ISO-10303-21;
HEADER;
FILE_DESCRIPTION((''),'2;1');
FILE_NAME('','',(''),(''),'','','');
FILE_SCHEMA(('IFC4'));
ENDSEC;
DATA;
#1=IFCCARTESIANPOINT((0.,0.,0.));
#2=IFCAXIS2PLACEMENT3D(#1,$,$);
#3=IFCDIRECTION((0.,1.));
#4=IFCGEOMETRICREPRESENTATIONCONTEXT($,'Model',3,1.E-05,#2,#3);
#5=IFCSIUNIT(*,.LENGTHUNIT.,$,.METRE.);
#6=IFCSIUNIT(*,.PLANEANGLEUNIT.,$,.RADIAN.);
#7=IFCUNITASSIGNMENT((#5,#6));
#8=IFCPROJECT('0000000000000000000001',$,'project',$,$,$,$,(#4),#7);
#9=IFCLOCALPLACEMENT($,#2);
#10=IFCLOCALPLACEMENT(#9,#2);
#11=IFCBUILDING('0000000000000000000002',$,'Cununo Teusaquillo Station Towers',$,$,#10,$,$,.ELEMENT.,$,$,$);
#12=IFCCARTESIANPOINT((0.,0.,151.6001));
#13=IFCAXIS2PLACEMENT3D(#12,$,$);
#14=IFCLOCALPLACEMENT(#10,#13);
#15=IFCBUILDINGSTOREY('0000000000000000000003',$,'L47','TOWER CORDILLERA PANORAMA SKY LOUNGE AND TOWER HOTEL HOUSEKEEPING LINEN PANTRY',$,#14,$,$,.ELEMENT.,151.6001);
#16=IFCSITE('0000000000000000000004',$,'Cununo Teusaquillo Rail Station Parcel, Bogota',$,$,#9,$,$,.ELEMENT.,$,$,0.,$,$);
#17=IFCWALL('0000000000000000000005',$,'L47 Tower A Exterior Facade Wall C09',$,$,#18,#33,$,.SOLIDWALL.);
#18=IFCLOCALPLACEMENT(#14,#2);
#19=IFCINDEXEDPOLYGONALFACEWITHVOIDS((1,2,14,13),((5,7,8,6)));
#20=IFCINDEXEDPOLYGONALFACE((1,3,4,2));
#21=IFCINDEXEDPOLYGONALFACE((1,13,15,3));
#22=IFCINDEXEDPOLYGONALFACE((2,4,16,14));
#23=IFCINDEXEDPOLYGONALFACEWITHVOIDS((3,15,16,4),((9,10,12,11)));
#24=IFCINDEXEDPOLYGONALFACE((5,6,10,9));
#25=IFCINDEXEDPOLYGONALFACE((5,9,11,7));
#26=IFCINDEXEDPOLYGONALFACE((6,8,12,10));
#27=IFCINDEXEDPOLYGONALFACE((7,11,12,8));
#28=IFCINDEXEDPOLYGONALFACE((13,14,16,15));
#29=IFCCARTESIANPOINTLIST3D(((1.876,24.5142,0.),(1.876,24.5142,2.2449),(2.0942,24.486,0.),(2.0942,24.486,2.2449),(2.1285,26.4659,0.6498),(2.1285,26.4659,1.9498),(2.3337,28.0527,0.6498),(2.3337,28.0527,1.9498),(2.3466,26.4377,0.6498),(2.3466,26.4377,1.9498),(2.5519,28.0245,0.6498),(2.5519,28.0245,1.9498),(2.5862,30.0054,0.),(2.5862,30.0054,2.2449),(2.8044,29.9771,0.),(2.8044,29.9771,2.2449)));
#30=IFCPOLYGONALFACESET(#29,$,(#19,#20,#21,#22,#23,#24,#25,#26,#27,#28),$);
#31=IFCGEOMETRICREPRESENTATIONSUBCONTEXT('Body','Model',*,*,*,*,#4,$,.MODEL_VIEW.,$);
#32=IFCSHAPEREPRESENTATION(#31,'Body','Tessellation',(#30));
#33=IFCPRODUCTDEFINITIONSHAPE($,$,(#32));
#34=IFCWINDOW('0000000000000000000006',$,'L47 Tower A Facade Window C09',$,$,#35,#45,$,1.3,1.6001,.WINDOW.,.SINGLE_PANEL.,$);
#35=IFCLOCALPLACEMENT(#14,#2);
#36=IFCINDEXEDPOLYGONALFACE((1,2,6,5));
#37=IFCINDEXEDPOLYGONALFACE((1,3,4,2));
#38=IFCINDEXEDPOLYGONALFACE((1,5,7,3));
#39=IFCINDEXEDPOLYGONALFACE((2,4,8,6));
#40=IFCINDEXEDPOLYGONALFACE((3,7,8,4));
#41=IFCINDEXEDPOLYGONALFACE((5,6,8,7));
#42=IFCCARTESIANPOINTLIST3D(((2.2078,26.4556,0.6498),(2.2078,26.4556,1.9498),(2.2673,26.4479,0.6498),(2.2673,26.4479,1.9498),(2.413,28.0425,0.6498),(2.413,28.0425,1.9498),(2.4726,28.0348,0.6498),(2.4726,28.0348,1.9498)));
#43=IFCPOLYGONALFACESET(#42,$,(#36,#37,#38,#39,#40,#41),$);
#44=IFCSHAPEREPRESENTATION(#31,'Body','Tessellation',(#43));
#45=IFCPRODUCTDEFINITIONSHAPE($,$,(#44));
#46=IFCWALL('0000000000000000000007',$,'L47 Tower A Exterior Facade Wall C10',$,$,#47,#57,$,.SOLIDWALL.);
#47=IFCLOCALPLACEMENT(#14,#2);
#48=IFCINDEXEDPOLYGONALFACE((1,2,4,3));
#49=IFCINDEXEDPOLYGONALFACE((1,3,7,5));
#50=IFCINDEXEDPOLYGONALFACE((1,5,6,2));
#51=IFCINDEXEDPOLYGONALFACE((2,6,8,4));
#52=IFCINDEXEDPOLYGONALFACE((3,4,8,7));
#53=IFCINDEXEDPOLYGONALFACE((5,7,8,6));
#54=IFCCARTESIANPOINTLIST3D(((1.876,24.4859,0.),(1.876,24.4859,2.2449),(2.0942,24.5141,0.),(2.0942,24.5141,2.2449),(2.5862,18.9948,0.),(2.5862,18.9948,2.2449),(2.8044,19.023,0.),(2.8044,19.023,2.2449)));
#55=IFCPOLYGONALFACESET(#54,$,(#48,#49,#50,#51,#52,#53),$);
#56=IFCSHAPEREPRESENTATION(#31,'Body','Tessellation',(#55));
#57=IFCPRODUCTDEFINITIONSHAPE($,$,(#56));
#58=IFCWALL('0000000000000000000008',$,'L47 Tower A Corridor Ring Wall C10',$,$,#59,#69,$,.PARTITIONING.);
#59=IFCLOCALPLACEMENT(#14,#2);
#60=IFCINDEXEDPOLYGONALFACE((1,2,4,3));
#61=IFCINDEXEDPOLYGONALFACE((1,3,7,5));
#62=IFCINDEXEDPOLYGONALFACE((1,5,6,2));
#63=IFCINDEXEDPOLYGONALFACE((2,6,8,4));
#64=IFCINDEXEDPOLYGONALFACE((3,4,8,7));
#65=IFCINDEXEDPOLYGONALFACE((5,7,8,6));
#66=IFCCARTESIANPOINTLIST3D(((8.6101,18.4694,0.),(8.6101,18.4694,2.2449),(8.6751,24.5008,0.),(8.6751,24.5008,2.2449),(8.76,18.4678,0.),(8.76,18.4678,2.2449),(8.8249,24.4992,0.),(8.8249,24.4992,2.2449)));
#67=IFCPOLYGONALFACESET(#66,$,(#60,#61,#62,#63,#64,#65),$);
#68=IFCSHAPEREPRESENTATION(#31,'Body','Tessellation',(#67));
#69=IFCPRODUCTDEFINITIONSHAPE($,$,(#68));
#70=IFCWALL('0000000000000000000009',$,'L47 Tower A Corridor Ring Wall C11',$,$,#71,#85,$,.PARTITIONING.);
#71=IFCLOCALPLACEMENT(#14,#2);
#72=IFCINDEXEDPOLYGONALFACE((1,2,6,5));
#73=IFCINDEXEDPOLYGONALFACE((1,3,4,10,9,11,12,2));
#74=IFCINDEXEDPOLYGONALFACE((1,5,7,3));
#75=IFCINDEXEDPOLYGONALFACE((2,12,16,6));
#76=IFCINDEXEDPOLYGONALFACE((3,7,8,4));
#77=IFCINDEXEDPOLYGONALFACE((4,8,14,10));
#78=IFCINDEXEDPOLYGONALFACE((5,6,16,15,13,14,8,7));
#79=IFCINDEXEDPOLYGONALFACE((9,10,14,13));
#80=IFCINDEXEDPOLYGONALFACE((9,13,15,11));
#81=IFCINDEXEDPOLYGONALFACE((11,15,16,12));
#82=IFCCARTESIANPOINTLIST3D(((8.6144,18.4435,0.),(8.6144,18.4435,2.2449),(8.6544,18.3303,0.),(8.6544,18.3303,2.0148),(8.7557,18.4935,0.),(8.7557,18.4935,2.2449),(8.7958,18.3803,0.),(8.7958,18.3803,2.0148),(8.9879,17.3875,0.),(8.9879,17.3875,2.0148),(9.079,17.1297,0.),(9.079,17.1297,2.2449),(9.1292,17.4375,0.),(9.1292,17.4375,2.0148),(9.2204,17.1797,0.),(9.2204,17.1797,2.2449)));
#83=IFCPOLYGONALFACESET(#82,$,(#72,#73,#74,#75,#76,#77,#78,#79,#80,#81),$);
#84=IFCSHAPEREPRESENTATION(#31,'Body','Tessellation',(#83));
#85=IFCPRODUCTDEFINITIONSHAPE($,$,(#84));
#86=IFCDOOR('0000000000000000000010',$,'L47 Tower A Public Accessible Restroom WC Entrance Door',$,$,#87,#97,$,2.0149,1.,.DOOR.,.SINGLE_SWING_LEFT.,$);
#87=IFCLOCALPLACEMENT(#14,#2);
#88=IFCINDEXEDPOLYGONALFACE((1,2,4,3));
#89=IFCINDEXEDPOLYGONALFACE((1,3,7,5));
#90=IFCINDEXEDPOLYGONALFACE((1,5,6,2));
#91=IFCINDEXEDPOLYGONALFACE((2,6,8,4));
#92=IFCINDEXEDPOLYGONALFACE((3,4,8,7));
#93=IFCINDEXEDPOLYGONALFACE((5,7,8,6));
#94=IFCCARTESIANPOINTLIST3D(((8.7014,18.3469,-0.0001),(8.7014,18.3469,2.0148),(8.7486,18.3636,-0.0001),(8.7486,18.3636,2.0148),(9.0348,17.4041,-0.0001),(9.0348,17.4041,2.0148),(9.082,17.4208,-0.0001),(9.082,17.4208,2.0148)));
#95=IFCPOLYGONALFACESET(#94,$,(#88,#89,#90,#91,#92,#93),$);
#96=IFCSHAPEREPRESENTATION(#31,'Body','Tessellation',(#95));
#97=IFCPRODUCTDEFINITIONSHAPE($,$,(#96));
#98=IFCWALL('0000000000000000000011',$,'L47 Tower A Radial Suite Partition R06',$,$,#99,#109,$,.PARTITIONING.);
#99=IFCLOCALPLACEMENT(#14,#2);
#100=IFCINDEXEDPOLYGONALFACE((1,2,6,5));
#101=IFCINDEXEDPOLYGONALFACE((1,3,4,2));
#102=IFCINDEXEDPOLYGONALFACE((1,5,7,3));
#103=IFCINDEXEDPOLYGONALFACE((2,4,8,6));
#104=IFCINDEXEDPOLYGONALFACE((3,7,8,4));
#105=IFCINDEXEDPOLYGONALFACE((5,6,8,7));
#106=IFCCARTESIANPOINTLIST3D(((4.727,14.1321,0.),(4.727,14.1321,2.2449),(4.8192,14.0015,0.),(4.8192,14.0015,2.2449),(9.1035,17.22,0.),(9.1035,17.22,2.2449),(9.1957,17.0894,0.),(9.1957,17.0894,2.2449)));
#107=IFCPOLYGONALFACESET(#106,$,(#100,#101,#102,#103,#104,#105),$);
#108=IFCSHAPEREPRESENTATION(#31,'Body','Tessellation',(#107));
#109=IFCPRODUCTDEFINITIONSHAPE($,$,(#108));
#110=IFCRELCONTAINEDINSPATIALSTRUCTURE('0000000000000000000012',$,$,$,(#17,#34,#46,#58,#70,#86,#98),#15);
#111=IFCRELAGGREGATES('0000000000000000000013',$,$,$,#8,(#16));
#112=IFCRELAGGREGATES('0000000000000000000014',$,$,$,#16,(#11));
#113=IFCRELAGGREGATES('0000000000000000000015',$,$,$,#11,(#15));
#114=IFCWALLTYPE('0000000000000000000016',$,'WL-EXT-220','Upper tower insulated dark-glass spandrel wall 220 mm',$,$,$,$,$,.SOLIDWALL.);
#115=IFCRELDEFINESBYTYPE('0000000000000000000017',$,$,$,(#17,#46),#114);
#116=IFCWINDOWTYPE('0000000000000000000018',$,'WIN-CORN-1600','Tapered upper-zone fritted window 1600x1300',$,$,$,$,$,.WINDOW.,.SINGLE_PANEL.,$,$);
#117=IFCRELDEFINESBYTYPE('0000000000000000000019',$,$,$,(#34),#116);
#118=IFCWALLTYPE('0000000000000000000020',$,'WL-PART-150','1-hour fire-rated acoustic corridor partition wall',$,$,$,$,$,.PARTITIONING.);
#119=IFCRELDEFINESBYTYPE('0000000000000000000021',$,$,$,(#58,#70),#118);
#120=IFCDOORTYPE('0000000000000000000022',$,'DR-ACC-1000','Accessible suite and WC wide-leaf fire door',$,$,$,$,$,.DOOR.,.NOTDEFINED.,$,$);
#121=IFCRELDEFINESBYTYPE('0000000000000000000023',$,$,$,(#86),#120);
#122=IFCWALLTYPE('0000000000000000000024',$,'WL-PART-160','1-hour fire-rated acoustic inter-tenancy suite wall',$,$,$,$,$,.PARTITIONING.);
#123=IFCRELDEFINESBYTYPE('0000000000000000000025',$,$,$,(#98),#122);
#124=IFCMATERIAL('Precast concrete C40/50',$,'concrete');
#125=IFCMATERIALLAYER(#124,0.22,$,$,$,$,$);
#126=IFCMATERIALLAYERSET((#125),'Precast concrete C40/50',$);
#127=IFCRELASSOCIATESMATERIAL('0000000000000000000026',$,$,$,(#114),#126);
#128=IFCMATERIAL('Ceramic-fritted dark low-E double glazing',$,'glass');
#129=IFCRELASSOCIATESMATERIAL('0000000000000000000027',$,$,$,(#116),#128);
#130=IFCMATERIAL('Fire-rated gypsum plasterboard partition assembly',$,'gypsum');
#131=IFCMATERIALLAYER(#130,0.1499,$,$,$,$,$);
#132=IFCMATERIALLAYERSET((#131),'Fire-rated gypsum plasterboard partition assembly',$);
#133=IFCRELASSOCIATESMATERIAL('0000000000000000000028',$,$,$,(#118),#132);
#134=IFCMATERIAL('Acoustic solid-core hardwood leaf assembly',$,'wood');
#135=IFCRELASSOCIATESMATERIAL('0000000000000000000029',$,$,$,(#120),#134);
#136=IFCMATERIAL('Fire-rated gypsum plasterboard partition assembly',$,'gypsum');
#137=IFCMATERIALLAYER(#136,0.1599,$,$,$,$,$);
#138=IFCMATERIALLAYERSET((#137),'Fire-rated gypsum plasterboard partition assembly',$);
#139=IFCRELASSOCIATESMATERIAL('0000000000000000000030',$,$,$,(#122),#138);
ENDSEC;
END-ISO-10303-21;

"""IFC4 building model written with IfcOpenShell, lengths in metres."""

from ifc_helpers import new_model, si_unit, direction, frame, frame_2d, origin, place, context, subcontext, project, spatial, rectangle, extrude, source, transform, mapped, material, layer, layer_set, type_object, element, fill, save


model = new_model("IFC4")

# Units and contexts
model_context = context("Model", 3, precision=1e-05, world=origin(), true_north=direction((0.0, 1.0)))
body_context = subcontext(model_context, "Body", "Model", "MODEL_VIEW")
ifc_project = project(units=[si_unit("LENGTHUNIT", "METRE"), si_unit("PLANEANGLEUNIT", "RADIAN")], contexts=[model_context])

# Site, building, storey
site_placement = place(None, origin())
site = spatial("IfcSite", under=ifc_project, at=site_placement, Name="Cununo Teusaquillo Rail Station Parcel, Bogota", CompositionType="ELEMENT", RefElevation=0.0)
building_placement = place(site_placement, origin())
building = spatial("IfcBuilding", under=site, at=building_placement, Name="Cununo Teusaquillo Station Towers", CompositionType="ELEMENT")
storey_placement = place(building_placement, frame((0.0, 0.0, 151.6001)))
storey = spatial("IfcBuildingStorey", under=building, at=storey_placement, Name="L47", Description="TOWER CORDILLERA PANORAMA SKY LOUNGE AND TOWER HOTEL HOUSEKEEPING LINEN PANTRY", CompositionType="ELEMENT", Elevation=151.6001)

# Wall, opening, window
ifc_material_1 = material(Name="Precast concrete C40/50", Category="concrete")
ifc_layer_1 = layer(ifc_material_1, 0.22)
ifc_layer_set_1 = layer_set([ifc_layer_1], Name="Precast concrete C40/50")
wall_type_1 = type_object("IfcWallType", Name="WL-EXT-220", Description="Upper tower insulated dark-glass spandrel wall 220 mm", PredefinedType="SOLIDWALL", material=ifc_layer_set_1)
wall_1_placement = place(storey_placement, frame((1.9851, 24.5, 0.0), z_axis=(0.0, 0.0, 1.0), x_axis=(0.128267, 0.99174, 0.0)))
wall_1 = element("IfcWall", 1, at=wall_1_placement, inside=storey, type_object=wall_type_1, Name="L47 Tower A Exterior Facade Wall C09", PredefinedType="SOLIDWALL", context=body_context, shape_type="SweptSolid", body=[
    extrude(rectangle(XDim=5.5369, YDim=0.22, at=frame_2d((2.7686, 0.0))), origin(), (0.0, 0.0, 1.0), 2.2449),
])
shared_shape_1 = source(origin(), body_context, "Body", "SweptSolid", [
    extrude(rectangle(XDim=1.6001, YDim=1.3, at=frame_2d((0.8, 0.6499))), frame((0.0, 0.1199, 0.0), z_axis=(0.0, -1.0, 0.0), x_axis=(1.0, 0.0, 0.0)), (0.0, 0.0, 1.0), 0.24),
])
opening_1_placement = place(wall_1_placement, frame((1.968, 0.0, 0.6499)))
opening_1 = element("IfcOpeningElement", 2, at=opening_1_placement, cuts=wall_1, PredefinedType="OPENING", context=body_context, shape_type="MappedRepresentation", body=[
    mapped(shared_shape_1, transform((0.0, 0.0, 0.0), x_axis=(1.0, 0.0, 0.0), y_axis=(0.0, 1.0, 0.0), z_axis=(0.0, 0.0, 1.0), scale=1.0)),
])
ifc_material_2 = material(Name="Ceramic-fritted dark low-E double glazing", Category="glass")
window_type = type_object("IfcWindowType", Name="WIN-CORN-1600", Description="Tapered upper-zone fritted window 1600x1300", PartitioningType="SINGLE_PANEL", PredefinedType="WINDOW", material=ifc_material_2)
shared_shape_2 = source(origin(), body_context, "Body", "SweptSolid", [
    extrude(rectangle(XDim=1.6001, YDim=1.3, at=frame_2d((0.8, 0.6499))), frame((0.0, 0.03, 0.0), z_axis=(0.0, -1.0, 0.0), x_axis=(1.0, 0.0, 0.0)), (0.0, 0.0, 1.0), 0.0601),
])
window_placement = place(opening_1_placement, origin())
window = element("IfcWindow", 3, at=window_placement, inside=storey, type_object=window_type, Name="L47 Tower A Facade Window C09", OverallHeight=1.3, OverallWidth=1.6001, PartitioningType="SINGLE_PANEL", PredefinedType="WINDOW", context=body_context, shape_type="MappedRepresentation", body=[
    mapped(shared_shape_2, transform((0.0, 0.0, 0.0), x_axis=(1.0, 0.0, 0.0), y_axis=(0.0, 1.0, 0.0), z_axis=(0.0, 0.0, 1.0), scale=1.0)),
])
fill(opening_1, window)

# Walls
wall_2_placement = place(storey_placement, frame((2.6953, 19.0088, 0.0), z_axis=(0.0, 0.0, 1.0), x_axis=(-0.128267, 0.99174, 0.0)))
element("IfcWall", 4, at=wall_2_placement, inside=storey, type_object=wall_type_1, Name="L47 Tower A Exterior Facade Wall C10", PredefinedType="SOLIDWALL", context=body_context, shape_type="SweptSolid", body=[
    extrude(rectangle(XDim=5.5369, YDim=0.22, at=frame_2d((2.7686, 0.0))), origin(), (0.0, 0.0, 1.0), 2.2449),
])
ifc_material_3 = material(Name="Fire-rated gypsum plasterboard partition assembly", Category="gypsum")
ifc_layer_2 = layer(ifc_material_3, 0.1499)
ifc_layer_set_2 = layer_set([ifc_layer_2], Name="Fire-rated gypsum plasterboard partition assembly")
wall_type_2 = type_object("IfcWallType", Name="WL-PART-150", Description="1-hour fire-rated acoustic corridor partition wall", PredefinedType="PARTITIONING", material=ifc_layer_set_2)
wall_3_placement = place(storey_placement, frame((8.75, 24.5, 0.0), z_axis=(0.0, 0.0, 1.0), x_axis=(-0.010766, -0.999942, 0.0)))
element("IfcWall", 5, at=wall_3_placement, inside=storey, type_object=wall_type_2, Name="L47 Tower A Corridor Ring Wall C10", PredefinedType="PARTITIONING", context=body_context, shape_type="SweptSolid", body=[
    extrude(rectangle(XDim=6.0317, YDim=0.1499, at=frame_2d((3.0159, 0.0))), origin(), (0.0, 0.0, 1.0), 2.2449),
])

# Wall, opening, door
wall_4_placement = place(storey_placement, frame((8.6851, 18.4685, 0.0), z_axis=(0.0, 0.0, 1.0), x_axis=(0.333416, -0.94278, 0.0)))
wall_4 = element("IfcWall", 6, at=wall_4_placement, inside=storey, type_object=wall_type_2, Name="L47 Tower A Corridor Ring Wall C11", PredefinedType="PARTITIONING", context=body_context, shape_type="SweptSolid", body=[
    extrude(rectangle(XDim=1.3936, YDim=0.1499, at=frame_2d((0.6968, 0.0))), origin(), (0.0, 0.0, 1.0), 2.2449),
])
shared_shape_3 = source(origin(), body_context, "Body", "SweptSolid", [
    extrude(rectangle(XDim=1.0, YDim=2.0149, at=frame_2d((0.5, 1.0073))), frame((0.0, 0.085, 0.0), z_axis=(0.0, -1.0, 0.0), x_axis=(1.0, 0.0, 0.0)), (0.0, 0.0, 1.0), 0.1699),
])
opening_2_placement = place(wall_4_placement, frame((0.1201, 0.0, 0.0)))
opening_2 = element("IfcOpeningElement", 7, at=opening_2_placement, cuts=wall_4, PredefinedType="OPENING", context=body_context, shape_type="MappedRepresentation", body=[
    mapped(shared_shape_3, transform((0.0, 0.0, 0.0), x_axis=(1.0, 0.0, 0.0), y_axis=(0.0, 1.0, 0.0), z_axis=(0.0, 0.0, 1.0), scale=1.0)),
])
ifc_material_4 = material(Name="Acoustic solid-core hardwood leaf assembly", Category="wood")
door_type_1 = type_object("IfcDoorType", Name="DR-ACC-1000", Description="Accessible suite and WC wide-leaf fire door", OperationType="NOTDEFINED", PredefinedType="DOOR", material=ifc_material_4)
shared_shape_4 = source(origin(), body_context, "Body", "SweptSolid", [
    extrude(rectangle(XDim=1.0, YDim=2.0149, at=frame_2d((0.5, 1.0073))), frame((0.0, 0.0249, 0.0), z_axis=(0.0, -1.0, 0.0), x_axis=(1.0, 0.0, 0.0)), (0.0, 0.0, 1.0), 0.05),
])
door_1_placement = place(opening_2_placement, origin())
door_1 = element("IfcDoor", 8, at=door_1_placement, inside=storey, type_object=door_type_1, Name="L47 Tower A Public Accessible Restroom WC Entrance Door", OperationType="SINGLE_SWING_LEFT", OverallHeight=2.0149, OverallWidth=1.0, PredefinedType="DOOR", context=body_context, shape_type="MappedRepresentation", body=[
    mapped(shared_shape_4, transform((0.0, 0.0, 0.0), x_axis=(1.0, 0.0, 0.0), y_axis=(0.0, 1.0, 0.0), z_axis=(0.0, 0.0, 1.0), scale=1.0)),
])
fill(opening_2, door_1)

# Wall
ifc_material_5 = material(Name="Fire-rated gypsum plasterboard partition assembly", Category="gypsum")
ifc_layer_3 = layer(ifc_material_5, 0.1599)
ifc_layer_set_3 = layer_set([ifc_layer_3], Name="Fire-rated gypsum plasterboard partition assembly")
wall_type_3 = type_object("IfcWallType", Name="WL-PART-160", Description="1-hour fire-rated acoustic inter-tenancy suite wall", PredefinedType="PARTITIONING", material=ifc_layer_set_3)
wall_5_placement = place(storey_placement, frame((9.1497, 17.1548, 0.0), z_axis=(0.0, 0.0, 1.0), x_axis=(-0.817089, -0.576511, 0.0)))
element("IfcWall", 9, at=wall_5_placement, inside=storey, type_object=wall_type_3, Name="L47 Tower A Radial Suite Partition R06", PredefinedType="PARTITIONING", context=body_context, shape_type="SweptSolid", body=[
    extrude(rectangle(XDim=5.3562, YDim=0.1599, at=frame_2d((2.6782, 0.0))), origin(), (0.0, 0.0, 1.0), 2.2449),
])

save(model, "model.ifc")
